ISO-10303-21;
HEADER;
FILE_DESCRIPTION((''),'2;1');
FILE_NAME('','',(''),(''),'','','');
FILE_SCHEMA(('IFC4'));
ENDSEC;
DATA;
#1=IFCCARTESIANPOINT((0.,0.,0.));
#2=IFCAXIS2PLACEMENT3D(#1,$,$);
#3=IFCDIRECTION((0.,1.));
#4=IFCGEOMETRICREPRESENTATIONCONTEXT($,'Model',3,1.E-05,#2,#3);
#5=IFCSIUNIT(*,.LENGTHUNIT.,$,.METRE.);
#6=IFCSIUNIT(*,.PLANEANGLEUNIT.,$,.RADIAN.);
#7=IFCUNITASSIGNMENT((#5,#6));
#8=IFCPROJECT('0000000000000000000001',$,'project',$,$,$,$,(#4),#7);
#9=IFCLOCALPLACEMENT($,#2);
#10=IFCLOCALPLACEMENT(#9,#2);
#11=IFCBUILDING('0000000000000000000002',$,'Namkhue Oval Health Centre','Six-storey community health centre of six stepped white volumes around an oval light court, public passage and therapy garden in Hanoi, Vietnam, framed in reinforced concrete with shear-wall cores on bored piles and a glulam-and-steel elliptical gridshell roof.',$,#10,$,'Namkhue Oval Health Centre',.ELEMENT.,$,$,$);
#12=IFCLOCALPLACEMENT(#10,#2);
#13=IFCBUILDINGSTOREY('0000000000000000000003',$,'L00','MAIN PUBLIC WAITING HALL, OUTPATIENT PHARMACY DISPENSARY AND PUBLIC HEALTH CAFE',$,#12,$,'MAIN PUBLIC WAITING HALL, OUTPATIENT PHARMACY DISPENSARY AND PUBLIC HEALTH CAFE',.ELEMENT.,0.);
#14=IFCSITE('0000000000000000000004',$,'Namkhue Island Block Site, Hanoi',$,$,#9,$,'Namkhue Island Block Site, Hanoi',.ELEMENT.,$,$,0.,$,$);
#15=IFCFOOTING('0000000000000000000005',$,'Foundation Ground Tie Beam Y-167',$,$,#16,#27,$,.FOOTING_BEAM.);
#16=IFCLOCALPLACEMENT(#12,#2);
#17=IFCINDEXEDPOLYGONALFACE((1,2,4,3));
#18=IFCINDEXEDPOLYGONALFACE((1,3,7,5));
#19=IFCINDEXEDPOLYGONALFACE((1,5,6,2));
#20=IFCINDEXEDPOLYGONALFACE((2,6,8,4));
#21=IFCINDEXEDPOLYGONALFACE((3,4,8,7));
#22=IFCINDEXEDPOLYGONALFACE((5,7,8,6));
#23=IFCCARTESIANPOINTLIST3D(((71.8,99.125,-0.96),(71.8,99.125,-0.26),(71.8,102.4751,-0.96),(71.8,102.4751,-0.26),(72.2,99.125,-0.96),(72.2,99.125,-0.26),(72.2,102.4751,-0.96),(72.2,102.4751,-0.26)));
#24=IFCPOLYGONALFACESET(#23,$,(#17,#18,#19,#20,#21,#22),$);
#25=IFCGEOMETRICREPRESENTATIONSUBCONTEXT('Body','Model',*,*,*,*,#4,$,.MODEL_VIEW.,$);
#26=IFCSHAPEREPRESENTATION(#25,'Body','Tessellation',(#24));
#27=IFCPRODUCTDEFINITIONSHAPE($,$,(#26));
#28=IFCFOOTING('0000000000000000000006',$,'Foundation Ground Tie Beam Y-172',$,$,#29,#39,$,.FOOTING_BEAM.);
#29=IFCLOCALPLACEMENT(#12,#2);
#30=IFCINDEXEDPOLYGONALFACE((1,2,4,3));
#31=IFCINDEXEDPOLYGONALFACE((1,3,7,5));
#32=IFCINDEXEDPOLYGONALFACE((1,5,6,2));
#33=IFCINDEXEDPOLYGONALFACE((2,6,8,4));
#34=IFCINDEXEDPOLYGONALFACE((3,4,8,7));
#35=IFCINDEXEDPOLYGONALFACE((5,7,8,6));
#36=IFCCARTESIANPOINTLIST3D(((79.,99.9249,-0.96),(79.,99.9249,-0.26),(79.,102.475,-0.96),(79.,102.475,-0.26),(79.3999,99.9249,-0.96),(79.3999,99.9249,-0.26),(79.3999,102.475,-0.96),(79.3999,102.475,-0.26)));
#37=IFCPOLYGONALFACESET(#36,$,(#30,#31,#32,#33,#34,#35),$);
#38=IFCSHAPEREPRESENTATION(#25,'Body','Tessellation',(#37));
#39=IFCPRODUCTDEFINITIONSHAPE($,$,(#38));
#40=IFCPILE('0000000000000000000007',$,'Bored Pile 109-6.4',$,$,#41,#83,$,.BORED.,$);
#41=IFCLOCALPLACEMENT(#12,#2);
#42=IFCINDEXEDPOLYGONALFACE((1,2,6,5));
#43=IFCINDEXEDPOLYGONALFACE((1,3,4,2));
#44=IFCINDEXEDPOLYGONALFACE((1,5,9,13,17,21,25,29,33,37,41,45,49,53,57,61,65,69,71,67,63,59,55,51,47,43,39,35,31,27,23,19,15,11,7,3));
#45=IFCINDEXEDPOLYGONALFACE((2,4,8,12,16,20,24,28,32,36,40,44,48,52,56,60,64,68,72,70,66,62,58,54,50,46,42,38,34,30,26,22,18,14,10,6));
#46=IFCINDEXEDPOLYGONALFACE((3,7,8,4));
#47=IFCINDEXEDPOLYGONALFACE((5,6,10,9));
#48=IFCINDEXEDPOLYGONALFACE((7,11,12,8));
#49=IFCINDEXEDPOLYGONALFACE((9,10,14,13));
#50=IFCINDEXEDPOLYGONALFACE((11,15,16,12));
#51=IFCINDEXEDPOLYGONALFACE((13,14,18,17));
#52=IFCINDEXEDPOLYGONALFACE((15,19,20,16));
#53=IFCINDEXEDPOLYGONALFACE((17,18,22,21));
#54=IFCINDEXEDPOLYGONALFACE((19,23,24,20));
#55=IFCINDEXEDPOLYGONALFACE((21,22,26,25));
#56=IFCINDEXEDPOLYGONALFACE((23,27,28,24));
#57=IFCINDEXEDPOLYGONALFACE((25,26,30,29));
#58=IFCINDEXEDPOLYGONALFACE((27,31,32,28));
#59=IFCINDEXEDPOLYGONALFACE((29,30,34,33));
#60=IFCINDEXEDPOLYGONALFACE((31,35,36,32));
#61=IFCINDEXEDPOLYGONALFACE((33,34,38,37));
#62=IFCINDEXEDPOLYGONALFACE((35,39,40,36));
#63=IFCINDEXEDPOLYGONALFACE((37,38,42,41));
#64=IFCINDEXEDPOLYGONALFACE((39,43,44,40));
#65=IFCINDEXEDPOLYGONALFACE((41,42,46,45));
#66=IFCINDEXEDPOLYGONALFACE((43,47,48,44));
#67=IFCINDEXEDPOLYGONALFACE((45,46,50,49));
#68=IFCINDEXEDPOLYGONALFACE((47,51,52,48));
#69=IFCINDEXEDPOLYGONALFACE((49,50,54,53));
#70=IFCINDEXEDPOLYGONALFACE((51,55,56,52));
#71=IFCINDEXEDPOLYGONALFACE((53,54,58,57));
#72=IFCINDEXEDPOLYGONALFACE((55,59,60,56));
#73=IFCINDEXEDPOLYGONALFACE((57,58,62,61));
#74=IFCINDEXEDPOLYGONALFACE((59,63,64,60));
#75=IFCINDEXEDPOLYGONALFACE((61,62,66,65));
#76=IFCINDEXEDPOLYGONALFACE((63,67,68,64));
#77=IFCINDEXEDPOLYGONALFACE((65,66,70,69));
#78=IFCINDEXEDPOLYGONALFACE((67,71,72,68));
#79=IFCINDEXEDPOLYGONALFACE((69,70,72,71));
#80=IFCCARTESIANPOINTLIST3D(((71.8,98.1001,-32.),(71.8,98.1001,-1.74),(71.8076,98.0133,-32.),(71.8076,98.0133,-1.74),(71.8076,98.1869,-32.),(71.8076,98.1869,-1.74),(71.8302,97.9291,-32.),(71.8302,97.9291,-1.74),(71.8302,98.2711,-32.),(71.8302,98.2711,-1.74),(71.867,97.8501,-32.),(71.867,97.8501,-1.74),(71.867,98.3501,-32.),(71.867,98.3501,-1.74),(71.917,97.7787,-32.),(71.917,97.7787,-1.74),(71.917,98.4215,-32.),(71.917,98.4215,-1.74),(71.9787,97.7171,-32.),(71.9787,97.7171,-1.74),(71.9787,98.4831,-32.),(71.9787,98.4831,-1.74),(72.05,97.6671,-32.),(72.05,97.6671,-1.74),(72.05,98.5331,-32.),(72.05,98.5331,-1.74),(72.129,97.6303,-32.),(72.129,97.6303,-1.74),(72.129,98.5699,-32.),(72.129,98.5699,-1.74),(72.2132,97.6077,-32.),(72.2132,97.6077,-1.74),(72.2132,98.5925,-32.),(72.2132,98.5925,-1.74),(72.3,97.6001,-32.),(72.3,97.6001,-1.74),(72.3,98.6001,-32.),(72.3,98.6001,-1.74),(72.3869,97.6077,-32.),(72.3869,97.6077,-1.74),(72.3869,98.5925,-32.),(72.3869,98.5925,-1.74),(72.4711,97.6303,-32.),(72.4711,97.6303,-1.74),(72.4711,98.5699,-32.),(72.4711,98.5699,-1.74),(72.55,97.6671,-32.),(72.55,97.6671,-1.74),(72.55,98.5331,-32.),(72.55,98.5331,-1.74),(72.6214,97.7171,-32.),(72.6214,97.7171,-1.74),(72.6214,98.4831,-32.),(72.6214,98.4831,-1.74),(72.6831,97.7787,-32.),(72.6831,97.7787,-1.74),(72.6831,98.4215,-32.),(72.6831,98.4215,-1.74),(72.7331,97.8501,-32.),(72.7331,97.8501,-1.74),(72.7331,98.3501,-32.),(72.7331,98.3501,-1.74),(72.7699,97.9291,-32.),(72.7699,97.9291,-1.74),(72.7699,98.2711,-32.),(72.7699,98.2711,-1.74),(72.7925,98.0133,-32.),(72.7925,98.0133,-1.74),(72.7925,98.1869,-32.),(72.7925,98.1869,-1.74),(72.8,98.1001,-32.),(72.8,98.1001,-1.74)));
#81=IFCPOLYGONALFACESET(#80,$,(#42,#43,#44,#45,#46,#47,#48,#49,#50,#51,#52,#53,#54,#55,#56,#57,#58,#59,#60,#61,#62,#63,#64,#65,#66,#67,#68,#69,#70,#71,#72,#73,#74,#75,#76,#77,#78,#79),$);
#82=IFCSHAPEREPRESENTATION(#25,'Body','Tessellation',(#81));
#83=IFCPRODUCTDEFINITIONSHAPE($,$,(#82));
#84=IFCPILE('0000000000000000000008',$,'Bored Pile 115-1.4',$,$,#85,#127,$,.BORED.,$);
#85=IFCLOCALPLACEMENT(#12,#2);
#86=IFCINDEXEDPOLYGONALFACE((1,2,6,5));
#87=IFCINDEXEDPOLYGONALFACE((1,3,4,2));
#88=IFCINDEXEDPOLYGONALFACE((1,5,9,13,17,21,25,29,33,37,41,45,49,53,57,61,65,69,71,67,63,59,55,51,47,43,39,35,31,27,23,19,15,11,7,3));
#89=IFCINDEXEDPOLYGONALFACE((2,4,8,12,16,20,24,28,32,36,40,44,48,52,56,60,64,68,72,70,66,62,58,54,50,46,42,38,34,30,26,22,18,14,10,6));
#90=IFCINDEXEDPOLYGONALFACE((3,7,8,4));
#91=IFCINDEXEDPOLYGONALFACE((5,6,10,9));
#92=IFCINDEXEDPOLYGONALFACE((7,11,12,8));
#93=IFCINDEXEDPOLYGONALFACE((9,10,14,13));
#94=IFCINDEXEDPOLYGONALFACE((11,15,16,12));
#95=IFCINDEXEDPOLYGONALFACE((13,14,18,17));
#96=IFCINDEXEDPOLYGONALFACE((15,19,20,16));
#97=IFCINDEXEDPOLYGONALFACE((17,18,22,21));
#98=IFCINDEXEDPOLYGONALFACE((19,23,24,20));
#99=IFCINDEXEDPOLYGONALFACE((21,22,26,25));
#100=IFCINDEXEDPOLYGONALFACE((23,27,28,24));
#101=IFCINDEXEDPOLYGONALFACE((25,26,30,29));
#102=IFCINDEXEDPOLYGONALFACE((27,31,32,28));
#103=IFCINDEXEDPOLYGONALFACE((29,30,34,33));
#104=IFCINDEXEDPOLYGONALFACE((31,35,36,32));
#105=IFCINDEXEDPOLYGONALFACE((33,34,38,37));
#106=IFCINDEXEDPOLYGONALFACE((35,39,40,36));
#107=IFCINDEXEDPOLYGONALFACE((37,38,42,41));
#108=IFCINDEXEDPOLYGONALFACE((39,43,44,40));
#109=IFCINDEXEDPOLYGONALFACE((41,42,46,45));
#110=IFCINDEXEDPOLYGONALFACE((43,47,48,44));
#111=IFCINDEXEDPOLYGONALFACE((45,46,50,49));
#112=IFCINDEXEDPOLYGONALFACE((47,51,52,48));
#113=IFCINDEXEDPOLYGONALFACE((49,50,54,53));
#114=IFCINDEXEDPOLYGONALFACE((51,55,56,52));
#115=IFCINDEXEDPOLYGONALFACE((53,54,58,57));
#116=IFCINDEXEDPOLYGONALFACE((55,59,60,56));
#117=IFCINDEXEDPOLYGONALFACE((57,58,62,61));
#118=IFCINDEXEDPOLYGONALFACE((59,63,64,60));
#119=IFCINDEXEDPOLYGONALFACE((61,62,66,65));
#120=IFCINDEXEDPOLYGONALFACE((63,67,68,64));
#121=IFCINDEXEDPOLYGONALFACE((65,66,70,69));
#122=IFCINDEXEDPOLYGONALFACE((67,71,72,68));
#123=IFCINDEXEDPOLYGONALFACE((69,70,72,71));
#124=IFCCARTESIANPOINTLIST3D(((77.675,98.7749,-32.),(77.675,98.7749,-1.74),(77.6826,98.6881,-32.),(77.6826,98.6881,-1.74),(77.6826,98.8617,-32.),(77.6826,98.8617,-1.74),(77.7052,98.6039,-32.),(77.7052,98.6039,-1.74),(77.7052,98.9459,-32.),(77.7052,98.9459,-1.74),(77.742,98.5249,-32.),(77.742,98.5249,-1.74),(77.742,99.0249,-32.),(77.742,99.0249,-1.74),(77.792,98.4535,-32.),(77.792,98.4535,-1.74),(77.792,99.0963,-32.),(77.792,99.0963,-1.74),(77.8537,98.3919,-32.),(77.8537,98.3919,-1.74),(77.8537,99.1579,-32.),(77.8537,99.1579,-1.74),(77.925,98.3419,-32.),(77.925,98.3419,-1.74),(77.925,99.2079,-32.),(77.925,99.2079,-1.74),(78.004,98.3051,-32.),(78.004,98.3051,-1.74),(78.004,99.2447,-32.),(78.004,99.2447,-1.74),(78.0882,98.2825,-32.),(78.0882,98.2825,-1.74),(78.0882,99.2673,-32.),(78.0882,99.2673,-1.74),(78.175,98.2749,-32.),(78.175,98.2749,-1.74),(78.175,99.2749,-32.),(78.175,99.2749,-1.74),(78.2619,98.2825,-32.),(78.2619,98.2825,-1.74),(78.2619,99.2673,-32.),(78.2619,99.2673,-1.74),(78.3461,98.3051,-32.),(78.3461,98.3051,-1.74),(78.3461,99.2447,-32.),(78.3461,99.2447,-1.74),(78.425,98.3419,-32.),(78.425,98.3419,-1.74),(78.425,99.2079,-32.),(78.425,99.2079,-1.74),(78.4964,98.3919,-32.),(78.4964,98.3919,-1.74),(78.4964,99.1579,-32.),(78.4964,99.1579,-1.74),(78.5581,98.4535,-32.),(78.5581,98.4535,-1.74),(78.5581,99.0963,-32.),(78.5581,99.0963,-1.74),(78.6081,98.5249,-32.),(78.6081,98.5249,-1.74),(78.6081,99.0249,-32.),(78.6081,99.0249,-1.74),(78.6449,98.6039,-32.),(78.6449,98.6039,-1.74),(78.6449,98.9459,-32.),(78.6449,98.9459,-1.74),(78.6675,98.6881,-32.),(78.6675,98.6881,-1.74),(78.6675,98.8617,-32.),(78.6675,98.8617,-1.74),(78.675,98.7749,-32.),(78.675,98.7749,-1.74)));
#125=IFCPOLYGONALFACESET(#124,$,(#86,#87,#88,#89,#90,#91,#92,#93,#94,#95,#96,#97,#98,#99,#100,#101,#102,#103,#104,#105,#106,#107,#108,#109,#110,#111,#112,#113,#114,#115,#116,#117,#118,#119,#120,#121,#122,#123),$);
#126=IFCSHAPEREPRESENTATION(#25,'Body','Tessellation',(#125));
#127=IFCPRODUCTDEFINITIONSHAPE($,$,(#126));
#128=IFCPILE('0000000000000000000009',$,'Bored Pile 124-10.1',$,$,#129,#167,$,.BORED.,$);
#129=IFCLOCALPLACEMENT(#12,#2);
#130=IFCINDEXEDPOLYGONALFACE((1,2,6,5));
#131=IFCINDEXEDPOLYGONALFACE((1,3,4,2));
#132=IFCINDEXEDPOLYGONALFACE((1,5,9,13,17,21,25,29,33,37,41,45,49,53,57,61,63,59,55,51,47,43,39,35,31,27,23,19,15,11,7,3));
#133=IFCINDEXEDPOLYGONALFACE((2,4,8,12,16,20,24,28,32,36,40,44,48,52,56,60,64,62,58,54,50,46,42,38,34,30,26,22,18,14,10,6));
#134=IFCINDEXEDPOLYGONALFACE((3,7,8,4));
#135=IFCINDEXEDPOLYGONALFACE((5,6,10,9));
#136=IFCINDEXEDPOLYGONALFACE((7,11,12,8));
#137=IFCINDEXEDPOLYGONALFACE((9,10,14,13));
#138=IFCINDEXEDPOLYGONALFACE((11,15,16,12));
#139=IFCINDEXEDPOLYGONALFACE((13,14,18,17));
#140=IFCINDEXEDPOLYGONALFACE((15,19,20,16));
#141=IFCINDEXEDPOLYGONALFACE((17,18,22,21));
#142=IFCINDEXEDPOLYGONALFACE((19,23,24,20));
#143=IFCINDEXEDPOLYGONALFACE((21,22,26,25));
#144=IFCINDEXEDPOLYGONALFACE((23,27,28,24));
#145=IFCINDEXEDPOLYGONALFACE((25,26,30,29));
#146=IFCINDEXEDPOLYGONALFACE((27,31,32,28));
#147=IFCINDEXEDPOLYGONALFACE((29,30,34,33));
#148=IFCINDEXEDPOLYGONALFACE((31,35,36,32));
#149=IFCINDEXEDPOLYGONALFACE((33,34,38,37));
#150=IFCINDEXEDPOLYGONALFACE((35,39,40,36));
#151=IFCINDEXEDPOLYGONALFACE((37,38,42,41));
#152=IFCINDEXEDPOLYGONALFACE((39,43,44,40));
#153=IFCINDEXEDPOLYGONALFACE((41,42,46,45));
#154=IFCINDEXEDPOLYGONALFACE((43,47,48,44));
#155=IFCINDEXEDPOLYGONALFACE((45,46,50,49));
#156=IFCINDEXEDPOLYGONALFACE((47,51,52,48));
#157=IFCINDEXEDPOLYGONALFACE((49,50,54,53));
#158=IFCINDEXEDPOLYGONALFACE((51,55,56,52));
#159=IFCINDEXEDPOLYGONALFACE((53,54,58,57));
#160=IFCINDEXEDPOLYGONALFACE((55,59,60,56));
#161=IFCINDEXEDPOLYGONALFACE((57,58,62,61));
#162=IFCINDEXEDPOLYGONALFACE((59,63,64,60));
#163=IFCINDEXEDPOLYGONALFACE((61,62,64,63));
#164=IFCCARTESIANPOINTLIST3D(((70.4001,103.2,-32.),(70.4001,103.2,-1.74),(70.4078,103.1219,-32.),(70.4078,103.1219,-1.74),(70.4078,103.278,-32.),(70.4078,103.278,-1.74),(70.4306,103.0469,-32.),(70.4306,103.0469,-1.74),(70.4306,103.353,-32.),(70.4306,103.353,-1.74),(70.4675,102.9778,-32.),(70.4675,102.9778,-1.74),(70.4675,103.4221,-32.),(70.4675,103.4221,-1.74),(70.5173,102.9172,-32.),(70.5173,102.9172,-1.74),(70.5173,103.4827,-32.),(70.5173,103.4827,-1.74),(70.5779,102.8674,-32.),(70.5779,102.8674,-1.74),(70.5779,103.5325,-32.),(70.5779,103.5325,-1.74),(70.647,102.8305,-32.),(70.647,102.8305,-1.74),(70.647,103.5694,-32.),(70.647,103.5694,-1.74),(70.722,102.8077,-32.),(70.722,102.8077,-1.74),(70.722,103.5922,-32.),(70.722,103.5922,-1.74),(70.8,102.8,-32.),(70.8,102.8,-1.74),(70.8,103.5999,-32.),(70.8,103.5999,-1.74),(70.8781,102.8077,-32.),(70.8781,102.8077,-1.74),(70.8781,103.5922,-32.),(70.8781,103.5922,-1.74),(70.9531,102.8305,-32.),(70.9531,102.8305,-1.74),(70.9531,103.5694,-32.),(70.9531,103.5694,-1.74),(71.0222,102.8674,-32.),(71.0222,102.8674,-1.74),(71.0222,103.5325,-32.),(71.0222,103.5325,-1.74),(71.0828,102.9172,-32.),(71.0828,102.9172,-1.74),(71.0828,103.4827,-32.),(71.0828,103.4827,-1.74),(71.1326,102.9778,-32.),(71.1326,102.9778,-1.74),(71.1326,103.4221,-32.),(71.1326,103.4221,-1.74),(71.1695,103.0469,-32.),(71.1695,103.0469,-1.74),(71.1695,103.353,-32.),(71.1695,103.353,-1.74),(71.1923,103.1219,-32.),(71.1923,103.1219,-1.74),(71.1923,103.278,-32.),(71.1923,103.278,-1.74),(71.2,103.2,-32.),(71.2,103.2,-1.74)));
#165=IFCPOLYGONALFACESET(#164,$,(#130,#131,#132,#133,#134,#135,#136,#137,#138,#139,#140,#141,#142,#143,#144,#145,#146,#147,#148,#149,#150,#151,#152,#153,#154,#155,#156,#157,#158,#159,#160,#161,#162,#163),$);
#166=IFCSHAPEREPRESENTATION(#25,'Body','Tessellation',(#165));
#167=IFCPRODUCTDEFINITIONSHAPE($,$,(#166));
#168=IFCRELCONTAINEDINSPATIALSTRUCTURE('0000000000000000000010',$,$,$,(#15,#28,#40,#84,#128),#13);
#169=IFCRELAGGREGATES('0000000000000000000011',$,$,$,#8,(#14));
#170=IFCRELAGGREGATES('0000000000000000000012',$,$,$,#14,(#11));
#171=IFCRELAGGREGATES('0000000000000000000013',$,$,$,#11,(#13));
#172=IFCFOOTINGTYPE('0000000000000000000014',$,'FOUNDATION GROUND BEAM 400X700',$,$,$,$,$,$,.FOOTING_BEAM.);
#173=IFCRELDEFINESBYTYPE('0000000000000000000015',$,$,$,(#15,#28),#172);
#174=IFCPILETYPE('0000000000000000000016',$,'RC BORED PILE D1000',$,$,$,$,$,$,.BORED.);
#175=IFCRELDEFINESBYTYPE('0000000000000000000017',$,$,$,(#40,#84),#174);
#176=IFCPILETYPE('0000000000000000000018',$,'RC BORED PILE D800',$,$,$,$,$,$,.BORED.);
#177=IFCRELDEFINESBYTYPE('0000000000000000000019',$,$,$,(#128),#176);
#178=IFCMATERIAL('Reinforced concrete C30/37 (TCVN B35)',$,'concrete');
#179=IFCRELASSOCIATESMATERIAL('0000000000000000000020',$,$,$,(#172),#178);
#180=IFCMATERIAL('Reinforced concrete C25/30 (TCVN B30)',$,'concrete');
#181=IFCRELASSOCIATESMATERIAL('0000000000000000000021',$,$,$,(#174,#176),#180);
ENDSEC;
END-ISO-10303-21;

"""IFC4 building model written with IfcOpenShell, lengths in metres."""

from ifc_helpers import new_model, si_unit, direction, frame, origin, origin_2d, place, context, subcontext, project, spatial, rectangle, circle, extrude, material, material_profile, profile_set, type_object, element, save


model = new_model("IFC4")

# Units and contexts
model_context = context("Model", 3, precision=1e-05, world=origin(), true_north=direction((0.0, 1.0)))
body_context = subcontext(model_context, "Body", "Model", "MODEL_VIEW")
ifc_project = project(units=[si_unit("LENGTHUNIT", "METRE"), si_unit("PLANEANGLEUNIT", "RADIAN")], contexts=[model_context])

# Site, building, storey
site_placement = place(None, origin())
site = spatial("IfcSite", under=ifc_project, at=site_placement, Name="Namkhue Island Block Site, Hanoi", LongName="Namkhue Island Block Site, Hanoi", CompositionType="ELEMENT", RefElevation=0.0)
building_placement = place(site_placement, origin())
building = spatial("IfcBuilding", under=site, at=building_placement, Name="Namkhue Oval Health Centre", Description="Six-storey community health centre of six stepped white volumes around an oval light court, public passage and therapy garden in Hanoi, Vietnam, framed in reinforced concrete with shear-wall cores on bored piles and a glulam-and-steel elliptical gridshell roof.", LongName="Namkhue Oval Health Centre", CompositionType="ELEMENT")
storey_placement = place(building_placement, origin())
storey = spatial("IfcBuildingStorey", under=building, at=storey_placement, Name="L00", Description="MAIN PUBLIC WAITING HALL, OUTPATIENT PHARMACY DISPENSARY AND PUBLIC HEALTH CAFE", LongName="MAIN PUBLIC WAITING HALL, OUTPATIENT PHARMACY DISPENSARY AND PUBLIC HEALTH CAFE", CompositionType="ELEMENT", Elevation=0.0)

# Footings
ifc_material_1 = material(Name="Reinforced concrete C30/37 (TCVN B35)", Category="concrete")
footing_type = type_object("IfcFootingType", Name="FOUNDATION GROUND BEAM 400X700", PredefinedType="FOOTING_BEAM", material=ifc_material_1)
footing_1_placement = place(storey_placement, frame((72.0, 100.8, -0.96), z_axis=(0.0, 0.0, 1.0), x_axis=(0.0, 1.0, 0.0)))
element("IfcFooting", 1, at=footing_1_placement, inside=storey, type_object=footing_type, Name="Foundation Ground Tie Beam Y-167", PredefinedType="FOOTING_BEAM", context=body_context, shape_type="SweptSolid", body=[
    extrude(rectangle(XDim=3.3501, YDim=0.3999, at=origin_2d()), origin(), (0.0, 0.0, 1.0), 0.7),
])
footing_2_placement = place(storey_placement, frame((79.2, 101.2, -0.96), z_axis=(0.0, 0.0, 1.0), x_axis=(0.0, 1.0, 0.0)))
element("IfcFooting", 2, at=footing_2_placement, inside=storey, type_object=footing_type, Name="Foundation Ground Tie Beam Y-172", PredefinedType="FOOTING_BEAM", context=body_context, shape_type="SweptSolid", body=[
    extrude(rectangle(XDim=2.55, YDim=0.3999, at=origin_2d()), origin(), (0.0, 0.0, 1.0), 0.7),
])

# Piles
ifc_material_2 = material(Name="Reinforced concrete C25/30 (TCVN B30)", Category="concrete")
ifc_material_profile_1 = material_profile(ifc_material_2, circle(Radius=0.5, at=origin_2d()), Name="BORED PILE D1000")
ifc_profile_set_1 = profile_set([ifc_material_profile_1], Name="Reinforced concrete C25/30 (TCVN B30)")
pile_type_1 = type_object("IfcPileType", Name="RC BORED PILE D1000", PredefinedType="BORED", material=ifc_profile_set_1)
for number, where, z_axis, x_axis, name in (
    (3, (72.3, 98.1001, -1.74), (0.0, 0.0, -1.0), (1.0, 0.0, 0.0), "Bored Pile 109-6.4"),
    (4, (78.175, 98.7749, -1.74), (0.0, 0.0, -1.0), (1.0, 0.0, 0.0), "Bored Pile 115-1.4"),
):
    element("IfcPile", number, at=place(storey_placement, frame(where, z_axis=z_axis, x_axis=x_axis)), inside=storey, type_object=pile_type_1, Name=name, PredefinedType="BORED", context=body_context, shape_type="SweptSolid", body=[
        extrude(circle(Radius=0.5, at=origin_2d()), origin(), (0.0, 0.0, 1.0), 30.26),
    ])
ifc_material_profile_2 = material_profile(ifc_material_2, circle(Radius=0.3999, at=origin_2d()), Name="BORED PILE D800")
ifc_profile_set_2 = profile_set([ifc_material_profile_2], Name="Reinforced concrete C25/30 (TCVN B30)")
pile_type_2 = type_object("IfcPileType", Name="RC BORED PILE D800", PredefinedType="BORED", material=ifc_profile_set_2)
for number, where, z_axis, x_axis, name in (
    (5, (70.8, 103.2, -1.74), (0.0, 0.0, -1.0), (1.0, 0.0, 0.0), "Bored Pile 124-10.1"),
):
    element("IfcPile", number, at=place(storey_placement, frame(where, z_axis=z_axis, x_axis=x_axis)), inside=storey, type_object=pile_type_2, Name=name, PredefinedType="BORED", context=body_context, shape_type="SweptSolid", body=[
        extrude(circle(Radius=0.3999, at=origin_2d()), origin(), (0.0, 0.0, 1.0), 30.26),
    ])

save(model, "model.ifc")
